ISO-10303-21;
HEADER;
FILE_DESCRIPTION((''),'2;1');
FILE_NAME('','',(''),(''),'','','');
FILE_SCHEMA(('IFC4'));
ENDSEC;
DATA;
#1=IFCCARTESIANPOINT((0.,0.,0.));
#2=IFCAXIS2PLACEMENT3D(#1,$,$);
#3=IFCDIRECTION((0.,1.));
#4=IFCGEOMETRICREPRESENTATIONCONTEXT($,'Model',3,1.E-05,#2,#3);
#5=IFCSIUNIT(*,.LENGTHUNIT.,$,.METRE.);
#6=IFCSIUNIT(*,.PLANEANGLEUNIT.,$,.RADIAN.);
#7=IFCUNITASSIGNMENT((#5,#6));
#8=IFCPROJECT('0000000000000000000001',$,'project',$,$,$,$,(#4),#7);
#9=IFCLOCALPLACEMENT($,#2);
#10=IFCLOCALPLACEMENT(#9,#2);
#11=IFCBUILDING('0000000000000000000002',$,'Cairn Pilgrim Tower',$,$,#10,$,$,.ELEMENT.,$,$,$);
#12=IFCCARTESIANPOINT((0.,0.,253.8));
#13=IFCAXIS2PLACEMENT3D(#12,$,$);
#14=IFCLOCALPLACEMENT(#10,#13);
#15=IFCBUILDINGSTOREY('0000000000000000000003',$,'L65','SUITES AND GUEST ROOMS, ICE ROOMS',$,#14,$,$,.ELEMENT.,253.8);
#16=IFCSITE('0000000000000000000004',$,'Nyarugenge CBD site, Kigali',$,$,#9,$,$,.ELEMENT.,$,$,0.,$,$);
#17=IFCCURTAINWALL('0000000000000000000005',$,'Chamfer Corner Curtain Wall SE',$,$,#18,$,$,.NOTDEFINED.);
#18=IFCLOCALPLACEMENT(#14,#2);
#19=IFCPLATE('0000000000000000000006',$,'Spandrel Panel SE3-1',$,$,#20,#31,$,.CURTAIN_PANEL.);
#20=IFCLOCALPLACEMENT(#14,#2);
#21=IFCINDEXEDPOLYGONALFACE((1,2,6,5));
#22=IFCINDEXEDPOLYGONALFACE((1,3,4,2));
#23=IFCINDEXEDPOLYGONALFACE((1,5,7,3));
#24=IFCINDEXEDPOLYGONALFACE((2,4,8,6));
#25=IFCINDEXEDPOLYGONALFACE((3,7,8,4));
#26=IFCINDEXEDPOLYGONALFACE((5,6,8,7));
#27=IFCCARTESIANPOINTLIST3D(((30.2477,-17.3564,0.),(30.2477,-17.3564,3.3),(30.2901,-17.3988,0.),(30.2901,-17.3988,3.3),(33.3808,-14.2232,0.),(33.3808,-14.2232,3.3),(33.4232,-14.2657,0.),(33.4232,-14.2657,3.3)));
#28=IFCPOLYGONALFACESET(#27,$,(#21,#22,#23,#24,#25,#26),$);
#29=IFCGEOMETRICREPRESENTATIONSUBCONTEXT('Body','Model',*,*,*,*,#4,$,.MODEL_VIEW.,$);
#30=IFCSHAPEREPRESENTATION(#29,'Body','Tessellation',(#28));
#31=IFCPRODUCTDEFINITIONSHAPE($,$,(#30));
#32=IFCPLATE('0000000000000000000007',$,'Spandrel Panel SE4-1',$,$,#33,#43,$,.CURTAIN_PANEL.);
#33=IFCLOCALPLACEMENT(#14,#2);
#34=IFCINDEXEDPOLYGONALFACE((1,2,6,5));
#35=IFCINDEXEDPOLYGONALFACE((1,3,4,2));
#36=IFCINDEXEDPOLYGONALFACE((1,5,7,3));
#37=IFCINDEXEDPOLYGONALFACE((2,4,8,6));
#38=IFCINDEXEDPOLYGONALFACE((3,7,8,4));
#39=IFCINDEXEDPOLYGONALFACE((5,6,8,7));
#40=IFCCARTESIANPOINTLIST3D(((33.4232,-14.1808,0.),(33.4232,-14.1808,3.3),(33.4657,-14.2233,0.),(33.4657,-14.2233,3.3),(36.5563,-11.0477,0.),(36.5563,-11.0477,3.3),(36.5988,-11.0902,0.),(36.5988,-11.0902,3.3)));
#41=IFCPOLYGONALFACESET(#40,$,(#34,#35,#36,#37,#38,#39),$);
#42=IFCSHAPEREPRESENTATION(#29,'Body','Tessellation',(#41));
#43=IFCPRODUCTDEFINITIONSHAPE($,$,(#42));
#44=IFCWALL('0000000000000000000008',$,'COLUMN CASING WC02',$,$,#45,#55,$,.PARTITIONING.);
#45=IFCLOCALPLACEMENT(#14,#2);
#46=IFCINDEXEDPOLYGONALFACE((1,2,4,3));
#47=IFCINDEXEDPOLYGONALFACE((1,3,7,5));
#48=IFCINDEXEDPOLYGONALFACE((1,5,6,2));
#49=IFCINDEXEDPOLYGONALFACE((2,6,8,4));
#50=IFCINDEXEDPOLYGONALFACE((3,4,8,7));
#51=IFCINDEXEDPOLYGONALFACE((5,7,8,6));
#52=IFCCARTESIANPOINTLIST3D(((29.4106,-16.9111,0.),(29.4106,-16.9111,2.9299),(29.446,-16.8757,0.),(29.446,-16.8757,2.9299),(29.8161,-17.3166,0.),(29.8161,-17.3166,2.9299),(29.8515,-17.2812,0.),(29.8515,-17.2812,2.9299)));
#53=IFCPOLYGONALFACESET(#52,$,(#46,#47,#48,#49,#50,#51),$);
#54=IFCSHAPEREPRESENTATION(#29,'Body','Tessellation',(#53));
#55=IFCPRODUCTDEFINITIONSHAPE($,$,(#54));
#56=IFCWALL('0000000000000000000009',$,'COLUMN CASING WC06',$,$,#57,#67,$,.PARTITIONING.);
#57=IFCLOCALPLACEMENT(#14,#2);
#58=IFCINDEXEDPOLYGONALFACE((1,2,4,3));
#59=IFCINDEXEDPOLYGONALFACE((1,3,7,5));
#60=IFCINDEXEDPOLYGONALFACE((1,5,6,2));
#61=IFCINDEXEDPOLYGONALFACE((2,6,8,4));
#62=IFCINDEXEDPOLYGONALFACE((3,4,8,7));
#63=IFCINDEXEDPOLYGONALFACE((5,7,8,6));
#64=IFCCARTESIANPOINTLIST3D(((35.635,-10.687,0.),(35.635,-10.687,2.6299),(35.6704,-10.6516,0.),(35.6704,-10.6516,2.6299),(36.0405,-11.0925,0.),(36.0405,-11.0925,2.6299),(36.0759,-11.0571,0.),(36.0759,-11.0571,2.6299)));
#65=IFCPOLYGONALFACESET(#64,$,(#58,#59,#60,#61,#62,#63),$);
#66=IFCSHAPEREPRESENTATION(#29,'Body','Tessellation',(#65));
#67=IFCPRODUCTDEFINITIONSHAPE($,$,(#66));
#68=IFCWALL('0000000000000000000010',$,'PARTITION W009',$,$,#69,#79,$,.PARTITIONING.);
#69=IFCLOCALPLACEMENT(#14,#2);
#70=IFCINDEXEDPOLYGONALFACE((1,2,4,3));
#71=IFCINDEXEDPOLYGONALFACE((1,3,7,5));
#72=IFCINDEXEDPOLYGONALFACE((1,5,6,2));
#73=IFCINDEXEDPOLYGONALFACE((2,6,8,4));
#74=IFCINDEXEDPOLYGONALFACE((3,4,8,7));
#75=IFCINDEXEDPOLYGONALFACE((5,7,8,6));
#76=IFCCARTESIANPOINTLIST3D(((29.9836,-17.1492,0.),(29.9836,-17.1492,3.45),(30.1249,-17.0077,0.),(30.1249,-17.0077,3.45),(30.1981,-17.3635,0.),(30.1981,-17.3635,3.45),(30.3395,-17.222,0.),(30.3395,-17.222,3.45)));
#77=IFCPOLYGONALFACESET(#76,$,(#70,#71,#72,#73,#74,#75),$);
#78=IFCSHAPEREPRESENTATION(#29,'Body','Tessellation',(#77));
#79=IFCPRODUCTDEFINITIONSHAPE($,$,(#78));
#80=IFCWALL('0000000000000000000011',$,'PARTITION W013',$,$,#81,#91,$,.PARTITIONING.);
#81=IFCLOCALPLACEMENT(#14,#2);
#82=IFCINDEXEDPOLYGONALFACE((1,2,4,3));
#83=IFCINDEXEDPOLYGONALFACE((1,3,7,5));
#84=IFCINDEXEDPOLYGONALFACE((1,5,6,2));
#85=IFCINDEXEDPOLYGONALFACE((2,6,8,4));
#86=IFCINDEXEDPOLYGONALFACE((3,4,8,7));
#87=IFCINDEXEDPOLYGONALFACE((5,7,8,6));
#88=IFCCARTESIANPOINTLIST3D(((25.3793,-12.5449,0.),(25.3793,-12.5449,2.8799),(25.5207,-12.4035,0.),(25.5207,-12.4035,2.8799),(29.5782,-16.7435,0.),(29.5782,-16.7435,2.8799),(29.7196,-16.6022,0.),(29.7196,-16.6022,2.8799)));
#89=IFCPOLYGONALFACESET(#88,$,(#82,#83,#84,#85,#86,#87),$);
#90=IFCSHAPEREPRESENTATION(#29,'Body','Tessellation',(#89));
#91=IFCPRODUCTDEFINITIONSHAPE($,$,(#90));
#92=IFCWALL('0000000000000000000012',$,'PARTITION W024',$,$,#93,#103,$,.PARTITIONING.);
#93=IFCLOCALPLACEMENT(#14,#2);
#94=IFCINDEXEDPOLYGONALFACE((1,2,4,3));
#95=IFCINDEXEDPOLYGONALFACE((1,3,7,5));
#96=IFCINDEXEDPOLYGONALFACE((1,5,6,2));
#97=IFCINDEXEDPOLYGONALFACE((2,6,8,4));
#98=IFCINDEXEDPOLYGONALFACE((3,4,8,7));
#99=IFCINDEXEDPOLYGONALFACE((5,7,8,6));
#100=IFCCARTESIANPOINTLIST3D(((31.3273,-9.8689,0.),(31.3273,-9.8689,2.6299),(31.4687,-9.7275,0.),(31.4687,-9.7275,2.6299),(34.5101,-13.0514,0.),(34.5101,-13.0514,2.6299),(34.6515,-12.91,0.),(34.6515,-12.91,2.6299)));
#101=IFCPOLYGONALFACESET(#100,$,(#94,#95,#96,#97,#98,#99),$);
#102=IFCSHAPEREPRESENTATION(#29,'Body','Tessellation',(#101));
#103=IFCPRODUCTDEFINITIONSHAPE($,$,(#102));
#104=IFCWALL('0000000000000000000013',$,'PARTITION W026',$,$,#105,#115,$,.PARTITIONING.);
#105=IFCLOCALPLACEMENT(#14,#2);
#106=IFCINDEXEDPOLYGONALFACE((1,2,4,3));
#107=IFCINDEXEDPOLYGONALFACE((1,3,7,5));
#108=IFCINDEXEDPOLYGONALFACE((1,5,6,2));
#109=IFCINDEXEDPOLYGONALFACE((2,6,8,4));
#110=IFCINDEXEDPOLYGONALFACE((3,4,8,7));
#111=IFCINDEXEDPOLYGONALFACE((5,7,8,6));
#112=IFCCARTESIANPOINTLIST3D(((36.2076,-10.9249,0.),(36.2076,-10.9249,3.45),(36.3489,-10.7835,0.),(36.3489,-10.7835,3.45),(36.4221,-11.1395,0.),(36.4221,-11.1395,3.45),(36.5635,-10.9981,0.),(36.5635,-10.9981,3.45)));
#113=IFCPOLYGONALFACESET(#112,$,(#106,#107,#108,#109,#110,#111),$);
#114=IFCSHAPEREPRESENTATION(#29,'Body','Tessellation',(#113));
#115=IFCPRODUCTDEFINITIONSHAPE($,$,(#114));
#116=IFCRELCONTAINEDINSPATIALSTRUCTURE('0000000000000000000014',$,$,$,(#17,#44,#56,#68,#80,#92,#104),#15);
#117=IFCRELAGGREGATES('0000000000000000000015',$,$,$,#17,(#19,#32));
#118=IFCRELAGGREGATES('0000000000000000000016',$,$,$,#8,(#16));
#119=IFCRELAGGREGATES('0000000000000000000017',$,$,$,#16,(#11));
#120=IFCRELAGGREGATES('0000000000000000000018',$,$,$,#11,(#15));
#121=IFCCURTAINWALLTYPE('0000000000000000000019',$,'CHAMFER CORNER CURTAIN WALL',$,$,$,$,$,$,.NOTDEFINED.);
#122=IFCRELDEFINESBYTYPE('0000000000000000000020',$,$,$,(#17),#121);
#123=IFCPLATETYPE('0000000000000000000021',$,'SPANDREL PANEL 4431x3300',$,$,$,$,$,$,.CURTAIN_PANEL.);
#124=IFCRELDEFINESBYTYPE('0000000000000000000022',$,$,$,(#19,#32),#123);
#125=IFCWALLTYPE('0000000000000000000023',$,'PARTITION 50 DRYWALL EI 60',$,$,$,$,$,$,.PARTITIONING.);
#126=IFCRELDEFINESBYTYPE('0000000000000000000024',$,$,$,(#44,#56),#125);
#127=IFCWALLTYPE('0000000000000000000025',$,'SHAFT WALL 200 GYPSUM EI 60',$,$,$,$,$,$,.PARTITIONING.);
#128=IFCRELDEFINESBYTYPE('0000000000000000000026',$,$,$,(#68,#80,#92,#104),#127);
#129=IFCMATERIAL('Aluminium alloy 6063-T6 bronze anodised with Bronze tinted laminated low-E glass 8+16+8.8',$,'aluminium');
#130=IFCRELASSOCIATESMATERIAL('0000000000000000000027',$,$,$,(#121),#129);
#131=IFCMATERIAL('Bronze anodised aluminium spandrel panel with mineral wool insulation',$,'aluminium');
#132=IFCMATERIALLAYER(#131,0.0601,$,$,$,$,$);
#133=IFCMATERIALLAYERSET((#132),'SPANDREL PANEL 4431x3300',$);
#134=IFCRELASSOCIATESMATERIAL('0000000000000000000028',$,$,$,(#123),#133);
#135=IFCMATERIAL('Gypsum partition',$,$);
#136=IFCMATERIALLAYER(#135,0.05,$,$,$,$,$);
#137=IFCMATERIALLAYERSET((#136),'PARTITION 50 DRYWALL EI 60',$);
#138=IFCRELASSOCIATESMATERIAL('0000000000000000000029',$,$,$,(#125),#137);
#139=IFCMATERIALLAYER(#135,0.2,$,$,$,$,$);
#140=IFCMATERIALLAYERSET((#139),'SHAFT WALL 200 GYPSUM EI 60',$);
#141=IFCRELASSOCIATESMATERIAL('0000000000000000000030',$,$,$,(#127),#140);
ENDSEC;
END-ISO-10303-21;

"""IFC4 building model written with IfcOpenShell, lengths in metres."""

from ifc_helpers import new_model, si_unit, direction, frame, frame_2d, origin, origin_2d, place, context, subcontext, project, spatial, rectangle, extrude, material, layer, layer_set, type_object, element, aggregate, save


model = new_model("IFC4")

# Units and contexts
model_context = context("Model", 3, precision=1e-05, world=origin(), true_north=direction((0.0, 1.0)))
body_context = subcontext(model_context, "Body", "Model", "MODEL_VIEW")
ifc_project = project(units=[si_unit("LENGTHUNIT", "METRE"), si_unit("PLANEANGLEUNIT", "RADIAN")], contexts=[model_context])

# Site, building, storey
site_placement = place(None, origin())
site = spatial("IfcSite", under=ifc_project, at=site_placement, Name="Nyarugenge CBD site, Kigali", CompositionType="ELEMENT", RefElevation=0.0)
building_placement = place(site_placement, origin())
building = spatial("IfcBuilding", under=site, at=building_placement, Name="Cairn Pilgrim Tower", CompositionType="ELEMENT")
storey_placement = place(building_placement, frame((0.0, 0.0, 253.8)))
storey = spatial("IfcBuildingStorey", under=building, at=storey_placement, Name="L65", Description="SUITES AND GUEST ROOMS, ICE ROOMS", CompositionType="ELEMENT", Elevation=253.8)

# Curtain wall
ifc_material_1 = material(Name="Aluminium alloy 6063-T6 bronze anodised with Bronze tinted laminated low-E glass 8+16+8.8", Category="aluminium")
curtain_wall_type = type_object("IfcCurtainWallType", Name="CHAMFER CORNER CURTAIN WALL", PredefinedType="NOTDEFINED", material=ifc_material_1)
curtain_wall_placement = place(storey_placement, origin())
curtain_wall = element("IfcCurtainWall", 1, at=curtain_wall_placement, inside=storey, type_object=curtain_wall_type, Name="Chamfer Corner Curtain Wall SE", PredefinedType="NOTDEFINED")

# Plates
ifc_material_2 = material(Name="Bronze anodised aluminium spandrel panel with mineral wool insulation", Category="aluminium")
ifc_layer_1 = layer(ifc_material_2, 0.0601)
ifc_layer_set_1 = layer_set([ifc_layer_1], Name="SPANDREL PANEL 4431x3300")
plate_type = type_object("IfcPlateType", Name="SPANDREL PANEL 4431x3300", PredefinedType="CURTAIN_PANEL", material=ifc_layer_set_1)
plate_1_placement = place(storey_placement, frame((31.8354, -15.811, 0.0), z_axis=(0.0, 0.0, 1.0), x_axis=(0.707107, 0.707107, 0.0)))
plate_1 = element("IfcPlate", 2, at=plate_1_placement, type_object=plate_type, Name="Spandrel Panel SE3-1", PredefinedType="CURTAIN_PANEL", context=body_context, shape_type="SweptSolid", body=[
    extrude(rectangle(XDim=4.4309, YDim=0.0601, at=origin_2d()), origin(), (0.0, 0.0, 1.0), 3.3),
])
plate_2_placement = place(storey_placement, frame((35.011, -12.6355, 0.0), z_axis=(0.0, 0.0, 1.0), x_axis=(0.707107, 0.707107, 0.0)))
plate_2 = element("IfcPlate", 3, at=plate_2_placement, type_object=plate_type, Name="Spandrel Panel SE4-1", PredefinedType="CURTAIN_PANEL", context=body_context, shape_type="SweptSolid", body=[
    extrude(rectangle(XDim=4.4309, YDim=0.0601, at=origin_2d()), origin(), (0.0, 0.0, 1.0), 3.3),
])
aggregate(curtain_wall, [plate_1, plate_2])

# Walls
ifc_material_3 = material(Name="Gypsum partition")
ifc_layer_2 = layer(ifc_material_3, 0.05)
ifc_layer_set_2 = layer_set([ifc_layer_2], Name="PARTITION 50 DRYWALL EI 60")
wall_type_1 = type_object("IfcWallType", Name="PARTITION 50 DRYWALL EI 60", PredefinedType="PARTITIONING", material=ifc_layer_set_2)
wall_1_placement = place(storey_placement, frame((29.8337, -17.2988, 0.0), z_axis=(0.0, 0.0, 1.0), x_axis=(-0.707107, 0.707107, 0.0)))
element("IfcWall", 4, at=wall_1_placement, inside=storey, type_object=wall_type_1, Name="COLUMN CASING WC02", PredefinedType="PARTITIONING", context=body_context, shape_type="SweptSolid", body=[
    extrude(rectangle(XDim=0.5735, YDim=0.05, at=frame_2d((0.2866, 0.0))), origin(), (0.0, 0.0, 1.0), 2.9299),
])
wall_2_placement = place(storey_placement, frame((36.0581, -11.0747, 0.0), z_axis=(0.0, 0.0, 1.0), x_axis=(-0.707107, 0.707107, 0.0)))
element("IfcWall", 5, at=wall_2_placement, inside=storey, type_object=wall_type_1, Name="COLUMN CASING WC06", PredefinedType="PARTITIONING", context=body_context, shape_type="SweptSolid", body=[
    extrude(rectangle(XDim=0.5735, YDim=0.05, at=frame_2d((0.2866, 0.0))), origin(), (0.0, 0.0, 1.0), 2.6299),
])
ifc_layer_3 = layer(ifc_material_3, 0.2)
ifc_layer_set_3 = layer_set([ifc_layer_3], Name="SHAFT WALL 200 GYPSUM EI 60")
wall_type_2 = type_object("IfcWallType", Name="SHAFT WALL 200 GYPSUM EI 60", PredefinedType="PARTITIONING", material=ifc_layer_set_3)
wall_3_placement = place(storey_placement, frame((30.2688, -17.2927, 0.0), z_axis=(0.0, 0.0, 1.0), x_axis=(-0.707509, 0.706704, 0.0)))
element("IfcWall", 6, at=wall_3_placement, inside=storey, type_object=wall_type_2, Name="PARTITION W009", PredefinedType="PARTITIONING", context=body_context, shape_type="SweptSolid", body=[
    extrude(rectangle(XDim=0.3032, YDim=0.2, at=frame_2d((0.1516, 0.0))), origin(), (0.0, 0.0, 1.0), 3.45),
])
wall_4_placement = place(storey_placement, frame((29.6489, -16.6729, 0.0), z_axis=(0.0, 0.0, 1.0), x_axis=(-0.707127, 0.707086, 0.0)))
element("IfcWall", 7, at=wall_4_placement, inside=storey, type_object=wall_type_2, Name="PARTITION W013", PredefinedType="PARTITIONING", context=body_context, shape_type="SweptSolid", body=[
    extrude(rectangle(XDim=5.938, YDim=0.2, at=frame_2d((2.969, 0.0))), origin(), (0.0, 0.0, 1.0), 2.8799),
])
wall_5_placement = place(storey_placement, frame((34.5808, -12.9807, 0.0), z_axis=(0.0, 0.0, 1.0), x_axis=(-0.707134, 0.70708, 0.0)))
element("IfcWall", 8, at=wall_5_placement, inside=storey, type_object=wall_type_2, Name="PARTITION W024", PredefinedType="PARTITIONING", context=body_context, shape_type="SweptSolid", body=[
    extrude(rectangle(XDim=4.501, YDim=0.2, at=frame_2d((2.2505, 0.0))), origin(), (0.0, 0.0, 1.0), 2.6299),
])
wall_6_placement = place(storey_placement, frame((36.4929, -11.0688, 0.0), z_axis=(0.0, 0.0, 1.0), x_axis=(-0.707107, 0.707107, 0.0)))
element("IfcWall", 9, at=wall_6_placement, inside=storey, type_object=wall_type_2, Name="PARTITION W026", PredefinedType="PARTITIONING", context=body_context, shape_type="SweptSolid", body=[
    extrude(rectangle(XDim=0.3035, YDim=0.2, at=frame_2d((0.1519, 0.0))), origin(), (0.0, 0.0, 1.0), 3.45),
])

save(model, "model.ifc")
